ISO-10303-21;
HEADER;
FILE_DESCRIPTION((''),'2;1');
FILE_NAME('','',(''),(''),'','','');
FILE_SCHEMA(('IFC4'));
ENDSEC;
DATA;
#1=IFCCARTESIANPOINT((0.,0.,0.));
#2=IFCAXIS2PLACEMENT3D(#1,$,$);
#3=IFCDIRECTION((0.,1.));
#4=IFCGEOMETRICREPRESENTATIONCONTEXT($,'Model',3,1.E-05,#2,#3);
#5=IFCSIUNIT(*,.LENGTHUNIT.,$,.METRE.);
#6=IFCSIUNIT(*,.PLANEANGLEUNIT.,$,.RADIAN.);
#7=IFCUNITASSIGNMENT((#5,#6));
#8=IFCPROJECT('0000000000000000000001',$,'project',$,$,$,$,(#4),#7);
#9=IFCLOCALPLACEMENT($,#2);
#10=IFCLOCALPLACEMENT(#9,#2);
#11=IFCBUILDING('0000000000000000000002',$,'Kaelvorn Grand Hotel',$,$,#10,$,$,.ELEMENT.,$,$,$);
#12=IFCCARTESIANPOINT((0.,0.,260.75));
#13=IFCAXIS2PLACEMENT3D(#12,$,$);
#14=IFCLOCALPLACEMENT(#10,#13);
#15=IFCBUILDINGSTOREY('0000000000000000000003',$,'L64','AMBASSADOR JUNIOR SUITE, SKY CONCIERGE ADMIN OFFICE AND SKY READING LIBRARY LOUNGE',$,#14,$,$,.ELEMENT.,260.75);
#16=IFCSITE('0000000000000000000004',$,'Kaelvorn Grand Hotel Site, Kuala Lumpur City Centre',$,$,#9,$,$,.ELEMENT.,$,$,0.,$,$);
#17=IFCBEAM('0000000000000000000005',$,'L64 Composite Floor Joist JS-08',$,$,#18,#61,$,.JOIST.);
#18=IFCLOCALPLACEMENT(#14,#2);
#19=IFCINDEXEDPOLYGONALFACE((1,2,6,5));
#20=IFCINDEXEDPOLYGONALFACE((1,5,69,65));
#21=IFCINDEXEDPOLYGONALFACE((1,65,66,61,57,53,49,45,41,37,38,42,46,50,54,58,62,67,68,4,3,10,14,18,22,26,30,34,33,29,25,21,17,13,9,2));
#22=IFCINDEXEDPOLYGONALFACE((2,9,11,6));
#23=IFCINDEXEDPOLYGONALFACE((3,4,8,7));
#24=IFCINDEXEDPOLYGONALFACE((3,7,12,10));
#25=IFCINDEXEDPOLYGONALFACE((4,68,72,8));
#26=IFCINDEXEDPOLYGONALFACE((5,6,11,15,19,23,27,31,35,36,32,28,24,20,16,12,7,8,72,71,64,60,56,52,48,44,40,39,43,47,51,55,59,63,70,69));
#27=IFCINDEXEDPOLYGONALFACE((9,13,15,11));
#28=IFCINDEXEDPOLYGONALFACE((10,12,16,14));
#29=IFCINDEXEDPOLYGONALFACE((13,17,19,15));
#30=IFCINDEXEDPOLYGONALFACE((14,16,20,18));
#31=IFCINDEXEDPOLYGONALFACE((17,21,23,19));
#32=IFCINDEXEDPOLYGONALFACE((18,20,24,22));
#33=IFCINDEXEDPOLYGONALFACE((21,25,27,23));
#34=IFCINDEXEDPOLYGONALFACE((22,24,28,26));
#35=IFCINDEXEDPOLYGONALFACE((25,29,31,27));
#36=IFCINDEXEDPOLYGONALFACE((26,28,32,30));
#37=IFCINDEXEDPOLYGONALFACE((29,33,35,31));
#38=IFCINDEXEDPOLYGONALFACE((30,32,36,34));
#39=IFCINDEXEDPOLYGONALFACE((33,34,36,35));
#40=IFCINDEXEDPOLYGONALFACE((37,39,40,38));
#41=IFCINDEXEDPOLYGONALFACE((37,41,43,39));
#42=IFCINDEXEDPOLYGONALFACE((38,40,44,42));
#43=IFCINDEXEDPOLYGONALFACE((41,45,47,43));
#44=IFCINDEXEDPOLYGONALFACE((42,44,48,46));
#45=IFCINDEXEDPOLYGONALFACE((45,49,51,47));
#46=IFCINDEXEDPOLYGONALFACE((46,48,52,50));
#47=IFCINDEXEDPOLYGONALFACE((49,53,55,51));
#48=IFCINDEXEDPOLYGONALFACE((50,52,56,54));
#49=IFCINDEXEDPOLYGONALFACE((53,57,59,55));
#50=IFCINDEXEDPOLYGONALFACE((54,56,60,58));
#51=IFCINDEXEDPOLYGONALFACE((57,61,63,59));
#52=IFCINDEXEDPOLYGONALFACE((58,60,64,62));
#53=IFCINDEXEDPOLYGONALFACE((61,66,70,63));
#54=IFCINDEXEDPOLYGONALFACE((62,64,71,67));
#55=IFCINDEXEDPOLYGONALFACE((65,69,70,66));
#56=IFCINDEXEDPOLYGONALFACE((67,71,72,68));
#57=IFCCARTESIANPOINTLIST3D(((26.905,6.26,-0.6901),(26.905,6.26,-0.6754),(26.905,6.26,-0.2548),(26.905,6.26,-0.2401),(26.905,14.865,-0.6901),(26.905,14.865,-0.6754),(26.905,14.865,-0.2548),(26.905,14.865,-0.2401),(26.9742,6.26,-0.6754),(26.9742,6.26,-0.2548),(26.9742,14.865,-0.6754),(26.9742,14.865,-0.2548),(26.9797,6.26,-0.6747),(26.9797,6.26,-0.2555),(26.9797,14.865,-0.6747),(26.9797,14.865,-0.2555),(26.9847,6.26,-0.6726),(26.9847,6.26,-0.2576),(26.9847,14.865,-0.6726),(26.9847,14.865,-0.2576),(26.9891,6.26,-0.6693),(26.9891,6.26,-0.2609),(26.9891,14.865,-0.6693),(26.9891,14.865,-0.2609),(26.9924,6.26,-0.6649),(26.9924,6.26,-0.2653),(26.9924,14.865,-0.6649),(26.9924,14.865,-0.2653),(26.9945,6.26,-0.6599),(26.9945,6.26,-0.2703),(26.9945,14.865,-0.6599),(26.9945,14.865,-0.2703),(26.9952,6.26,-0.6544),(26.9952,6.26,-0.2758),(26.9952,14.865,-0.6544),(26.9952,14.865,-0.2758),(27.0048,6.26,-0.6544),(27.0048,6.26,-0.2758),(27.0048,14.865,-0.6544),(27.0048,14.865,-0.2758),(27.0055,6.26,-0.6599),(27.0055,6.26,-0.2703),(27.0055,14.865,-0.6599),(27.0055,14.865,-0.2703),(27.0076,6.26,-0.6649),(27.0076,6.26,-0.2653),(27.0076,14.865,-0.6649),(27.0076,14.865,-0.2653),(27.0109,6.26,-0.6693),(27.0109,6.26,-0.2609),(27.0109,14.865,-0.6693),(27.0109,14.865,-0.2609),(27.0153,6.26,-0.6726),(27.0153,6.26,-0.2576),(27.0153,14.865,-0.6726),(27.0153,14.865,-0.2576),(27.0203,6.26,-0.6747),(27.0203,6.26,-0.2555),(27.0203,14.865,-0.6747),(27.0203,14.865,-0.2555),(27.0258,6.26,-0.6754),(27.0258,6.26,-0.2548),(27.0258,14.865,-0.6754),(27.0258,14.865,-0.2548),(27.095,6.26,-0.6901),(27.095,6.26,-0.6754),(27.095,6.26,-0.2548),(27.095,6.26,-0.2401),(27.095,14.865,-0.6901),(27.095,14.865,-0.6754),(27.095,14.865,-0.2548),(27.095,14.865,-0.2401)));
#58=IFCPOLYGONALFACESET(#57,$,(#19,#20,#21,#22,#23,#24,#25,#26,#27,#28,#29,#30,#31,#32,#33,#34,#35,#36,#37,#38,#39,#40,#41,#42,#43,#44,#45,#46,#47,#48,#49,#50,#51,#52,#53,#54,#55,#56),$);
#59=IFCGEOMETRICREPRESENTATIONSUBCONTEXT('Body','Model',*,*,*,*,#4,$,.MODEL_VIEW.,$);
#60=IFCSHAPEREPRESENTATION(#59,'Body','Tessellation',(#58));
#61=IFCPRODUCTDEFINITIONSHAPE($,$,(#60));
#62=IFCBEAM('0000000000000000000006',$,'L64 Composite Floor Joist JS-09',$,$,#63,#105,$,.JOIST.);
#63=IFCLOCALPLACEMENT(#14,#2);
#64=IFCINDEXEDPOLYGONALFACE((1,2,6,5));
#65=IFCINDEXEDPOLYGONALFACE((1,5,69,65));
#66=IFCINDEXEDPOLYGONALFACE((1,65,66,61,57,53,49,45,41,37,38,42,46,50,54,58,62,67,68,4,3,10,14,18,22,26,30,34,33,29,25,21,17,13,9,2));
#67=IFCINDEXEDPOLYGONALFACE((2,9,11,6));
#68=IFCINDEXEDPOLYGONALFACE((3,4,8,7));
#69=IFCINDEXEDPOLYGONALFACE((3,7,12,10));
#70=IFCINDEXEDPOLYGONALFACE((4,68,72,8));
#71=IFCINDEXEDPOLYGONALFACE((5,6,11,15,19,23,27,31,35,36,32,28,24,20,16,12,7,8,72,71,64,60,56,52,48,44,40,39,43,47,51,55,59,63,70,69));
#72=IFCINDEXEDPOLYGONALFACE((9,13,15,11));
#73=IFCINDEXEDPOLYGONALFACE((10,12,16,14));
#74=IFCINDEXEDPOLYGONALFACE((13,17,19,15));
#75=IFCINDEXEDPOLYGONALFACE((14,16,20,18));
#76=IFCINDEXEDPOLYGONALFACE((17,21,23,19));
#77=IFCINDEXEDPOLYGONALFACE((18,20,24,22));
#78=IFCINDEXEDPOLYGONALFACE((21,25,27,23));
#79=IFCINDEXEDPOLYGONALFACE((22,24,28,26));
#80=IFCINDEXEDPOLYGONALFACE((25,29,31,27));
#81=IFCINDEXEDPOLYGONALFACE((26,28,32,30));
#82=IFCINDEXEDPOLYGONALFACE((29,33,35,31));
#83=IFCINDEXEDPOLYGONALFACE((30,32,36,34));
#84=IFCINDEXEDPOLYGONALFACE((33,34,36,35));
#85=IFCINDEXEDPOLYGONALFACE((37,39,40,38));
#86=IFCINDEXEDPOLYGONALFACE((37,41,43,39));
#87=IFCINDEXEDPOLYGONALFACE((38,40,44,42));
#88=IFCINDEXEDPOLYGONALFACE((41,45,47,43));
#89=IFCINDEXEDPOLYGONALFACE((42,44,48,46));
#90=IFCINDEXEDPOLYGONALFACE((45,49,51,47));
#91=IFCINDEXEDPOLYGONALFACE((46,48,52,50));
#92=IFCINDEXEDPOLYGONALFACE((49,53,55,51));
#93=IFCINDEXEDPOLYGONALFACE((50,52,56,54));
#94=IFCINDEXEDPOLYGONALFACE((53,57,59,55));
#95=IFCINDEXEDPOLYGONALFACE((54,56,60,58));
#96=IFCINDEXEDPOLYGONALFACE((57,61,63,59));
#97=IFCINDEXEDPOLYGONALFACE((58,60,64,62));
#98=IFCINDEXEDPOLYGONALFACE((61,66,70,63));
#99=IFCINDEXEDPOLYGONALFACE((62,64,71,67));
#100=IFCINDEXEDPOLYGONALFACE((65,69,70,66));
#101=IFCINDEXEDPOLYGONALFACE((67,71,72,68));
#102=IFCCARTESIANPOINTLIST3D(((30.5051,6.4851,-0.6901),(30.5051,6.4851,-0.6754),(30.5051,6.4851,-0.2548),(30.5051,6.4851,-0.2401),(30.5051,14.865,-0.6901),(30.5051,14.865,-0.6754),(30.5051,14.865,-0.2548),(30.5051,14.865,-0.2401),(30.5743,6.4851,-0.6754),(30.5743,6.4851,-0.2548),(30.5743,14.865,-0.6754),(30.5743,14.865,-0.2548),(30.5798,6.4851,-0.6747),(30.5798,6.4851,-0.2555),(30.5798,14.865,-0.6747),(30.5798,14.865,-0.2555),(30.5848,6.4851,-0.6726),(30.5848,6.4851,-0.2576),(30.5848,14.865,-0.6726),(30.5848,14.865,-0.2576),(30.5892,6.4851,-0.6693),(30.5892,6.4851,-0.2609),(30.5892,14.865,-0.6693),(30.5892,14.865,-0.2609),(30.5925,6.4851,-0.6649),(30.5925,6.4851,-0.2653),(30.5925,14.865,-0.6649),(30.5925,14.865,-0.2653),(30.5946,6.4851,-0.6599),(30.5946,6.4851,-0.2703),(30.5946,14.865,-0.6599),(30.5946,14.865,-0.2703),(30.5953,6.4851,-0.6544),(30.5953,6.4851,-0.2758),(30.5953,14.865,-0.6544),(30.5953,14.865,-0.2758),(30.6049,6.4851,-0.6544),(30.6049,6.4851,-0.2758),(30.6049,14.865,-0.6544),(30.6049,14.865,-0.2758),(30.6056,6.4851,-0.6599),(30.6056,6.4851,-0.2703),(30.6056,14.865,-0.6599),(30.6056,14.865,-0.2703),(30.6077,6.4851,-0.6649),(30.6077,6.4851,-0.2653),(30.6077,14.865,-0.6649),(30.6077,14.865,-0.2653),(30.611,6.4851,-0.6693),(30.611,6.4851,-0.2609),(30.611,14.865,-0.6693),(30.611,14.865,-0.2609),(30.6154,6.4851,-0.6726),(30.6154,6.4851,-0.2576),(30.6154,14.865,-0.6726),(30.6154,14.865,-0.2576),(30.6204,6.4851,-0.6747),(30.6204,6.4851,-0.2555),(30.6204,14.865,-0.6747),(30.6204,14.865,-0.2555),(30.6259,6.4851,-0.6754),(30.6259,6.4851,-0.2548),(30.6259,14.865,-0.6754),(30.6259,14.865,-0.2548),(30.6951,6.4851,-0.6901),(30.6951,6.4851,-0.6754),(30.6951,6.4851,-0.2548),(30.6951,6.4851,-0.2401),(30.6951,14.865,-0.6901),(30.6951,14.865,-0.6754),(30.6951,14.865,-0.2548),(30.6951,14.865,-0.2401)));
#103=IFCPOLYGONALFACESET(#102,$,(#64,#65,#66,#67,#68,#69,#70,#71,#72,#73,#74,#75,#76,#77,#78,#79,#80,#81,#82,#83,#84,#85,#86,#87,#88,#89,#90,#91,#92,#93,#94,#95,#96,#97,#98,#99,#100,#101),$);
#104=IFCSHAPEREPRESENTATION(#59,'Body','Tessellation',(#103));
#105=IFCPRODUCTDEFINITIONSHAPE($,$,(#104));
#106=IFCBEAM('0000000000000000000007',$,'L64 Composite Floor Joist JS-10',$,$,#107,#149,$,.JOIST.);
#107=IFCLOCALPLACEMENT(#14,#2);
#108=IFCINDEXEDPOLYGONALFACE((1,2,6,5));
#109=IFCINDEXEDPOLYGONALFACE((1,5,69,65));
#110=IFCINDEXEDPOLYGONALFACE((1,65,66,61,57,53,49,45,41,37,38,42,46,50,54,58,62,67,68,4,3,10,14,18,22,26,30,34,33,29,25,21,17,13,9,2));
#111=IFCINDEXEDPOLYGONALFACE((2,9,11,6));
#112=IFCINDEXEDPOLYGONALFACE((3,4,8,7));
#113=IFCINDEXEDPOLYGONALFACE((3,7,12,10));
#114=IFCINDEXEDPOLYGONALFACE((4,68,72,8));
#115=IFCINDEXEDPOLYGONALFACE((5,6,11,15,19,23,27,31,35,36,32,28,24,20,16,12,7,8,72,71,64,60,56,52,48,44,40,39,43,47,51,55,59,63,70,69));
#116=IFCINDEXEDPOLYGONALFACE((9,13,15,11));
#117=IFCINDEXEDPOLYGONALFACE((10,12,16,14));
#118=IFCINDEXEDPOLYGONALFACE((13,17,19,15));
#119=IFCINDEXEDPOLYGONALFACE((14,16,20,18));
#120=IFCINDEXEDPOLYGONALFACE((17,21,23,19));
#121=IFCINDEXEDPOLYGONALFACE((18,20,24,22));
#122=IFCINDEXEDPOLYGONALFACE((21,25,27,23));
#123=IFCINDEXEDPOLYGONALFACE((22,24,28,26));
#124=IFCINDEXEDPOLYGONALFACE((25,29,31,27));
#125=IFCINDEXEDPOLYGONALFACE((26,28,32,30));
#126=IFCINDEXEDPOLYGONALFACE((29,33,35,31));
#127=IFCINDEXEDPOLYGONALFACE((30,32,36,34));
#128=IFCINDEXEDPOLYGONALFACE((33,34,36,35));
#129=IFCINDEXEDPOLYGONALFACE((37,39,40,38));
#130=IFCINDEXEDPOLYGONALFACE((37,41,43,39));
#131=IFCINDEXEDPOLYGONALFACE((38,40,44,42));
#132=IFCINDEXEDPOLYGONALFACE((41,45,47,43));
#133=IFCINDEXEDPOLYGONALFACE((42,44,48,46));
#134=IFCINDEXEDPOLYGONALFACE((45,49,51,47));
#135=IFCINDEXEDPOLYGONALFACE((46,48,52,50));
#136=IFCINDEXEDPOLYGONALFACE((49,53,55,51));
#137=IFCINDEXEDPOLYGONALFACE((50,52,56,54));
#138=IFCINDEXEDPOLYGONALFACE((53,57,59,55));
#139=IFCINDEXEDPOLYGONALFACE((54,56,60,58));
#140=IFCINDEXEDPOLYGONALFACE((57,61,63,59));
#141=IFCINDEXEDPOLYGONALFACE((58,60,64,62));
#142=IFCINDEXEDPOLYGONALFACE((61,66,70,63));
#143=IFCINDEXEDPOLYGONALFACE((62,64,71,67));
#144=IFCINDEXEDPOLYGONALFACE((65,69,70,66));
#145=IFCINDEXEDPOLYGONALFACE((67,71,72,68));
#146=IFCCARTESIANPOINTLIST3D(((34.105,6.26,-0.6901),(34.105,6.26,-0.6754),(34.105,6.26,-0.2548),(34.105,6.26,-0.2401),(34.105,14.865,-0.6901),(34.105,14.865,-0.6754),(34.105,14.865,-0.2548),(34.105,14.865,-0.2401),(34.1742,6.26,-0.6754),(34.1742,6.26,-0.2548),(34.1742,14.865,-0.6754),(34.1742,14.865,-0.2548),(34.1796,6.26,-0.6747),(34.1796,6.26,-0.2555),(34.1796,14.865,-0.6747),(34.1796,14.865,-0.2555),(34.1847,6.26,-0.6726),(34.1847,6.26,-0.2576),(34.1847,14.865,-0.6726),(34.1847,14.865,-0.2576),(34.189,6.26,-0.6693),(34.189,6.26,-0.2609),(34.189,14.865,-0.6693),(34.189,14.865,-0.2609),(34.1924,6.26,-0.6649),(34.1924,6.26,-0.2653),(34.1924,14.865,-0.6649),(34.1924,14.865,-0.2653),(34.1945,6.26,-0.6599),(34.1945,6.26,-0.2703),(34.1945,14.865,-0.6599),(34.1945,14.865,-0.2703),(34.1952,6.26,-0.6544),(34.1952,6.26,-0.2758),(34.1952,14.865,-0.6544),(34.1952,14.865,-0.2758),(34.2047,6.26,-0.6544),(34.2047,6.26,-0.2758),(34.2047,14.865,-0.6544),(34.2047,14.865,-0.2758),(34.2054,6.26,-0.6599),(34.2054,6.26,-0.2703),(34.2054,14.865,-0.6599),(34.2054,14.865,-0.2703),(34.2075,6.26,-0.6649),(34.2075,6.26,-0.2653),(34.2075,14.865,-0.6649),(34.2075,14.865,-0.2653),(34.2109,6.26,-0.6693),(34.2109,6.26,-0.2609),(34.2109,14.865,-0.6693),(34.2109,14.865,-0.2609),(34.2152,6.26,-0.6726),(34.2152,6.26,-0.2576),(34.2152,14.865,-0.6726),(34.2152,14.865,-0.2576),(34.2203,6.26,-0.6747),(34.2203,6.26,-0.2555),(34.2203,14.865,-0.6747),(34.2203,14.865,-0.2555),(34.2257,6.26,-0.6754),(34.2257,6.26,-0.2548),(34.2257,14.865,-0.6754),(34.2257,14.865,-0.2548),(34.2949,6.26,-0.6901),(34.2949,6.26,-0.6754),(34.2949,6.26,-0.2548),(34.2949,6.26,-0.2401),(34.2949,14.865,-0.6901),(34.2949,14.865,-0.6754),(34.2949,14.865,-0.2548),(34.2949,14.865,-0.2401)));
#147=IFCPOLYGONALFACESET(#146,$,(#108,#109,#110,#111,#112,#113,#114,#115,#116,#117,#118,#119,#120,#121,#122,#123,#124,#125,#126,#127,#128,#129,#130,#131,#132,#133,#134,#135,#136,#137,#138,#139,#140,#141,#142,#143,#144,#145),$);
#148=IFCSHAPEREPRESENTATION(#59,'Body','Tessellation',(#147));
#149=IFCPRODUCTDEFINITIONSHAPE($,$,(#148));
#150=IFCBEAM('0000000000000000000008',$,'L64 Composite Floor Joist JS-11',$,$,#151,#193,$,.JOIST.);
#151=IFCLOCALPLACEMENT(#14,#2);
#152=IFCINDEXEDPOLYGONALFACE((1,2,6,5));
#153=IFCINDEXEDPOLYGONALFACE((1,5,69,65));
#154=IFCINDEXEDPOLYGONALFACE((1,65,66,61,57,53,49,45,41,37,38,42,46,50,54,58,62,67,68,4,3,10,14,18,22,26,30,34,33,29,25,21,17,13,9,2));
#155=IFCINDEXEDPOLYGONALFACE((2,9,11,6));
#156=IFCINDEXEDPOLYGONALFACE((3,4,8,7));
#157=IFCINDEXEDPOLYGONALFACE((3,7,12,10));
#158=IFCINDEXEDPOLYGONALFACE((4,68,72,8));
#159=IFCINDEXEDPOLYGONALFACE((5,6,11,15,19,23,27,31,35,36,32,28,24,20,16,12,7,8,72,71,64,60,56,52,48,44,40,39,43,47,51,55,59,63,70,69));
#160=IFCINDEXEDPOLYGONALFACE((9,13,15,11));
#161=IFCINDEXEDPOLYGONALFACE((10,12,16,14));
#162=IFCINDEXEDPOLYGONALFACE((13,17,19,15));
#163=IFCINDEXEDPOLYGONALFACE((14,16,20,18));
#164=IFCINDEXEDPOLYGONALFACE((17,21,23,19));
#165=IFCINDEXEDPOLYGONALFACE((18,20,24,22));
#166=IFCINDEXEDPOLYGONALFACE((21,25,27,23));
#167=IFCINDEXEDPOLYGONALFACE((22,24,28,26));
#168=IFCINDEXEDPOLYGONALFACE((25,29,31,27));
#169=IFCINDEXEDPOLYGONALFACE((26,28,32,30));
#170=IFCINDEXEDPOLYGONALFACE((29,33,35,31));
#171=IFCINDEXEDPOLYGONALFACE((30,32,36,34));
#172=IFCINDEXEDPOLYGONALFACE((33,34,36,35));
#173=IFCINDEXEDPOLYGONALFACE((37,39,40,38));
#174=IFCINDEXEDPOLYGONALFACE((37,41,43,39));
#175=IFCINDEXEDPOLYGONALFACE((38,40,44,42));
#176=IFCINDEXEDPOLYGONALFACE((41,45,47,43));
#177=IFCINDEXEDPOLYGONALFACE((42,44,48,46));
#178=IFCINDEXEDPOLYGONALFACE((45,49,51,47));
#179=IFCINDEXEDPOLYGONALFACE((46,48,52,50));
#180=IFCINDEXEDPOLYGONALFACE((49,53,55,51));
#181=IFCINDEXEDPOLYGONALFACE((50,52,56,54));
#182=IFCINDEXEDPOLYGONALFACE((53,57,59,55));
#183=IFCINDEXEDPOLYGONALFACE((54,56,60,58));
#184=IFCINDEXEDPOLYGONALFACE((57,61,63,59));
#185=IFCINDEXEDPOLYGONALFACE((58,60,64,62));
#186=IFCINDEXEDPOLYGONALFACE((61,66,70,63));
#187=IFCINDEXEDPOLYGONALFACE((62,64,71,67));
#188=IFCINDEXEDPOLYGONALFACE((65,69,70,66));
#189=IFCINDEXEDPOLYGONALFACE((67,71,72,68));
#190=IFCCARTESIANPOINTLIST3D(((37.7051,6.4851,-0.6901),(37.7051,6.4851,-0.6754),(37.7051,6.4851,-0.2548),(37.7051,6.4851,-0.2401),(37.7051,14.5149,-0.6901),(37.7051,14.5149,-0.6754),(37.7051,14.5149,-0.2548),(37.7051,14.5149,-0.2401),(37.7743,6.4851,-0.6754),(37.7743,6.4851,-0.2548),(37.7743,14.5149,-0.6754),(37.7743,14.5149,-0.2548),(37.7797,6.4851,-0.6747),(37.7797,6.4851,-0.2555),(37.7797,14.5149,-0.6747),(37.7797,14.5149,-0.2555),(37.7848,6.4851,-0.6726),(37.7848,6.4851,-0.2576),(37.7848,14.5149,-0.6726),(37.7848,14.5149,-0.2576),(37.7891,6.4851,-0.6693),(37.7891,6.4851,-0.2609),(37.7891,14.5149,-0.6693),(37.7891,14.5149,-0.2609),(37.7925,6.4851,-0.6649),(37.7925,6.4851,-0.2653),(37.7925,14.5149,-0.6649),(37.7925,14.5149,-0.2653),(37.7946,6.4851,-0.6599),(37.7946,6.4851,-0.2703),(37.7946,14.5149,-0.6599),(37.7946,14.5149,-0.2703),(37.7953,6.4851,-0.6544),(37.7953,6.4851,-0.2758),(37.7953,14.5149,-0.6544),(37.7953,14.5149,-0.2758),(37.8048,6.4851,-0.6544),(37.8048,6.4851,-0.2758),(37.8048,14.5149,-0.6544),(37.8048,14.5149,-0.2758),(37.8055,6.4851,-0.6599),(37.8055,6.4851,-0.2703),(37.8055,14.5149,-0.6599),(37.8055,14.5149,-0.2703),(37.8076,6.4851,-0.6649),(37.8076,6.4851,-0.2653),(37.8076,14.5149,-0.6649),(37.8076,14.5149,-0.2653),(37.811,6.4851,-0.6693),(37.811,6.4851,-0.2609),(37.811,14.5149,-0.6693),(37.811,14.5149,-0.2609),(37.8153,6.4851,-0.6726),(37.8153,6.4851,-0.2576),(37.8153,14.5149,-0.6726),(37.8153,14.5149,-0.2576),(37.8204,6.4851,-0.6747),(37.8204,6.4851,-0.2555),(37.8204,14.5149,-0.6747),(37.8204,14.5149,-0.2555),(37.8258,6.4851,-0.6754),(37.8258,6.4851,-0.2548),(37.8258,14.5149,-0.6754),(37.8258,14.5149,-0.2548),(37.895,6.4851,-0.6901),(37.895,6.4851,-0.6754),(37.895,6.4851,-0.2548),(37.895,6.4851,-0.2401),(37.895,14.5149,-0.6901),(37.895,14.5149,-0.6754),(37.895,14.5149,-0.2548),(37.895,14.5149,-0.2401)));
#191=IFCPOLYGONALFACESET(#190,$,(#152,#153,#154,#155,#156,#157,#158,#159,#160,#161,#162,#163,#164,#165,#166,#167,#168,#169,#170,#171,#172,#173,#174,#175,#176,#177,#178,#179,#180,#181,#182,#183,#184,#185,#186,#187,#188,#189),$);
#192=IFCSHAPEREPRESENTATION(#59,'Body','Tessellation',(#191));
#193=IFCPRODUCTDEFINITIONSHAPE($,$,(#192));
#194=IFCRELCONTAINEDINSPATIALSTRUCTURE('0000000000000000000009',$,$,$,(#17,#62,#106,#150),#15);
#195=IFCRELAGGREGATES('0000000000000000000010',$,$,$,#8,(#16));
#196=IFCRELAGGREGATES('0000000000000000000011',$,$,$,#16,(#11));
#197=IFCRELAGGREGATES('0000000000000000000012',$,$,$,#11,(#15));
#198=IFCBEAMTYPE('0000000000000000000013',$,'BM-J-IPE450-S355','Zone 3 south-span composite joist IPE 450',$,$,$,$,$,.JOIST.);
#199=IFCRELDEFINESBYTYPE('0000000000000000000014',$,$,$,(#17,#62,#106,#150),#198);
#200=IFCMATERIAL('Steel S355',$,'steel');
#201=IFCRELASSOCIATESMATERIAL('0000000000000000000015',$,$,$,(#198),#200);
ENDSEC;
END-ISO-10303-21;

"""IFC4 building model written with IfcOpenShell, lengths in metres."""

from ifc_helpers import new_model, si_unit, direction, frame, origin, origin_2d, place, context, subcontext, project, spatial, i_section, extrude, material, material_profile, profile_set, type_object, element, save


model = new_model("IFC4")

# Units and contexts
model_context = context("Model", 3, precision=1e-05, world=origin(), true_north=direction((0.0, 1.0)))
body_context = subcontext(model_context, "Body", "Model", "MODEL_VIEW")
ifc_project = project(units=[si_unit("LENGTHUNIT", "METRE"), si_unit("PLANEANGLEUNIT", "RADIAN")], contexts=[model_context])

# Site, building, storey
site_placement = place(None, origin())
site = spatial("IfcSite", under=ifc_project, at=site_placement, Name="Kaelvorn Grand Hotel Site, Kuala Lumpur City Centre", CompositionType="ELEMENT", RefElevation=0.0)
building_placement = place(site_placement, origin())
building = spatial("IfcBuilding", under=site, at=building_placement, Name="Kaelvorn Grand Hotel", CompositionType="ELEMENT")
storey_placement = place(building_placement, frame((0.0, 0.0, 260.75)))
storey = spatial("IfcBuildingStorey", under=building, at=storey_placement, Name="L64", Description="AMBASSADOR JUNIOR SUITE, SKY CONCIERGE ADMIN OFFICE AND SKY READING LIBRARY LOUNGE", CompositionType="ELEMENT", Elevation=260.75)

# Beams
ifc_material_1 = material(Name="Steel S355", Category="steel")
ifc_material_profile_1 = material_profile(ifc_material_1, i_section(OverallWidth=0.1899, OverallDepth=0.45, WebThickness=0.0095, FlangeThickness=0.0146, FilletRadius=0.021, at=origin_2d()), Name="IPE 450")
ifc_profile_set_1 = profile_set([ifc_material_profile_1], Name="Steel S355")
beam_type_1 = type_object("IfcBeamType", Name="BM-J-IPE450-S355", Description="Zone 3 south-span composite joist IPE 450", PredefinedType="JOIST", material=ifc_profile_set_1)
beam_1_placement = place(storey_placement, frame((27.0, 6.26, -0.4651), z_axis=(0.0, 1.0, 0.0), x_axis=(-1.0, 0.0, 0.0)))
element("IfcBeam", 1, at=beam_1_placement, inside=storey, type_object=beam_type_1, Name="L64 Composite Floor Joist JS-08", PredefinedType="JOIST", context=body_context, shape_type="SweptSolid", body=[
    extrude(i_section(OverallWidth=0.1899, OverallDepth=0.45, WebThickness=0.0095, FlangeThickness=0.0146, FilletRadius=0.021, at=origin_2d()), origin(), (0.0, 0.0, 1.0), 8.605),
])
beam_2_placement = place(storey_placement, frame((30.6001, 6.4851, -0.4651), z_axis=(0.0, 1.0, 0.0), x_axis=(-1.0, 0.0, 0.0)))
element("IfcBeam", 2, at=beam_2_placement, inside=storey, type_object=beam_type_1, Name="L64 Composite Floor Joist JS-09", PredefinedType="JOIST", context=body_context, shape_type="SweptSolid", body=[
    extrude(i_section(OverallWidth=0.1899, OverallDepth=0.45, WebThickness=0.0095, FlangeThickness=0.0146, FilletRadius=0.021, at=origin_2d()), origin(), (0.0, 0.0, 1.0), 8.3799),
])
beam_3_placement = place(storey_placement, frame((34.2, 6.26, -0.4651), z_axis=(0.0, 1.0, 0.0), x_axis=(-1.0, 0.0, 0.0)))
element("IfcBeam", 3, at=beam_3_placement, inside=storey, type_object=beam_type_1, Name="L64 Composite Floor Joist JS-10", PredefinedType="JOIST", context=body_context, shape_type="SweptSolid", body=[
    extrude(i_section(OverallWidth=0.1899, OverallDepth=0.45, WebThickness=0.0095, FlangeThickness=0.0146, FilletRadius=0.021, at=origin_2d()), origin(), (0.0, 0.0, 1.0), 8.605),
])
beam_4_placement = place(storey_placement, frame((37.8, 6.4851, -0.4651), z_axis=(0.0, 1.0, 0.0), x_axis=(-1.0, 0.0, 0.0)))
element("IfcBeam", 4, at=beam_4_placement, inside=storey, type_object=beam_type_1, Name="L64 Composite Floor Joist JS-11", PredefinedType="JOIST", context=body_context, shape_type="SweptSolid", body=[
    extrude(i_section(OverallWidth=0.1899, OverallDepth=0.45, WebThickness=0.0095, FlangeThickness=0.0146, FilletRadius=0.021, at=origin_2d()), origin(), (0.0, 0.0, 1.0), 8.0298),
])

save(model, "model.ifc")
